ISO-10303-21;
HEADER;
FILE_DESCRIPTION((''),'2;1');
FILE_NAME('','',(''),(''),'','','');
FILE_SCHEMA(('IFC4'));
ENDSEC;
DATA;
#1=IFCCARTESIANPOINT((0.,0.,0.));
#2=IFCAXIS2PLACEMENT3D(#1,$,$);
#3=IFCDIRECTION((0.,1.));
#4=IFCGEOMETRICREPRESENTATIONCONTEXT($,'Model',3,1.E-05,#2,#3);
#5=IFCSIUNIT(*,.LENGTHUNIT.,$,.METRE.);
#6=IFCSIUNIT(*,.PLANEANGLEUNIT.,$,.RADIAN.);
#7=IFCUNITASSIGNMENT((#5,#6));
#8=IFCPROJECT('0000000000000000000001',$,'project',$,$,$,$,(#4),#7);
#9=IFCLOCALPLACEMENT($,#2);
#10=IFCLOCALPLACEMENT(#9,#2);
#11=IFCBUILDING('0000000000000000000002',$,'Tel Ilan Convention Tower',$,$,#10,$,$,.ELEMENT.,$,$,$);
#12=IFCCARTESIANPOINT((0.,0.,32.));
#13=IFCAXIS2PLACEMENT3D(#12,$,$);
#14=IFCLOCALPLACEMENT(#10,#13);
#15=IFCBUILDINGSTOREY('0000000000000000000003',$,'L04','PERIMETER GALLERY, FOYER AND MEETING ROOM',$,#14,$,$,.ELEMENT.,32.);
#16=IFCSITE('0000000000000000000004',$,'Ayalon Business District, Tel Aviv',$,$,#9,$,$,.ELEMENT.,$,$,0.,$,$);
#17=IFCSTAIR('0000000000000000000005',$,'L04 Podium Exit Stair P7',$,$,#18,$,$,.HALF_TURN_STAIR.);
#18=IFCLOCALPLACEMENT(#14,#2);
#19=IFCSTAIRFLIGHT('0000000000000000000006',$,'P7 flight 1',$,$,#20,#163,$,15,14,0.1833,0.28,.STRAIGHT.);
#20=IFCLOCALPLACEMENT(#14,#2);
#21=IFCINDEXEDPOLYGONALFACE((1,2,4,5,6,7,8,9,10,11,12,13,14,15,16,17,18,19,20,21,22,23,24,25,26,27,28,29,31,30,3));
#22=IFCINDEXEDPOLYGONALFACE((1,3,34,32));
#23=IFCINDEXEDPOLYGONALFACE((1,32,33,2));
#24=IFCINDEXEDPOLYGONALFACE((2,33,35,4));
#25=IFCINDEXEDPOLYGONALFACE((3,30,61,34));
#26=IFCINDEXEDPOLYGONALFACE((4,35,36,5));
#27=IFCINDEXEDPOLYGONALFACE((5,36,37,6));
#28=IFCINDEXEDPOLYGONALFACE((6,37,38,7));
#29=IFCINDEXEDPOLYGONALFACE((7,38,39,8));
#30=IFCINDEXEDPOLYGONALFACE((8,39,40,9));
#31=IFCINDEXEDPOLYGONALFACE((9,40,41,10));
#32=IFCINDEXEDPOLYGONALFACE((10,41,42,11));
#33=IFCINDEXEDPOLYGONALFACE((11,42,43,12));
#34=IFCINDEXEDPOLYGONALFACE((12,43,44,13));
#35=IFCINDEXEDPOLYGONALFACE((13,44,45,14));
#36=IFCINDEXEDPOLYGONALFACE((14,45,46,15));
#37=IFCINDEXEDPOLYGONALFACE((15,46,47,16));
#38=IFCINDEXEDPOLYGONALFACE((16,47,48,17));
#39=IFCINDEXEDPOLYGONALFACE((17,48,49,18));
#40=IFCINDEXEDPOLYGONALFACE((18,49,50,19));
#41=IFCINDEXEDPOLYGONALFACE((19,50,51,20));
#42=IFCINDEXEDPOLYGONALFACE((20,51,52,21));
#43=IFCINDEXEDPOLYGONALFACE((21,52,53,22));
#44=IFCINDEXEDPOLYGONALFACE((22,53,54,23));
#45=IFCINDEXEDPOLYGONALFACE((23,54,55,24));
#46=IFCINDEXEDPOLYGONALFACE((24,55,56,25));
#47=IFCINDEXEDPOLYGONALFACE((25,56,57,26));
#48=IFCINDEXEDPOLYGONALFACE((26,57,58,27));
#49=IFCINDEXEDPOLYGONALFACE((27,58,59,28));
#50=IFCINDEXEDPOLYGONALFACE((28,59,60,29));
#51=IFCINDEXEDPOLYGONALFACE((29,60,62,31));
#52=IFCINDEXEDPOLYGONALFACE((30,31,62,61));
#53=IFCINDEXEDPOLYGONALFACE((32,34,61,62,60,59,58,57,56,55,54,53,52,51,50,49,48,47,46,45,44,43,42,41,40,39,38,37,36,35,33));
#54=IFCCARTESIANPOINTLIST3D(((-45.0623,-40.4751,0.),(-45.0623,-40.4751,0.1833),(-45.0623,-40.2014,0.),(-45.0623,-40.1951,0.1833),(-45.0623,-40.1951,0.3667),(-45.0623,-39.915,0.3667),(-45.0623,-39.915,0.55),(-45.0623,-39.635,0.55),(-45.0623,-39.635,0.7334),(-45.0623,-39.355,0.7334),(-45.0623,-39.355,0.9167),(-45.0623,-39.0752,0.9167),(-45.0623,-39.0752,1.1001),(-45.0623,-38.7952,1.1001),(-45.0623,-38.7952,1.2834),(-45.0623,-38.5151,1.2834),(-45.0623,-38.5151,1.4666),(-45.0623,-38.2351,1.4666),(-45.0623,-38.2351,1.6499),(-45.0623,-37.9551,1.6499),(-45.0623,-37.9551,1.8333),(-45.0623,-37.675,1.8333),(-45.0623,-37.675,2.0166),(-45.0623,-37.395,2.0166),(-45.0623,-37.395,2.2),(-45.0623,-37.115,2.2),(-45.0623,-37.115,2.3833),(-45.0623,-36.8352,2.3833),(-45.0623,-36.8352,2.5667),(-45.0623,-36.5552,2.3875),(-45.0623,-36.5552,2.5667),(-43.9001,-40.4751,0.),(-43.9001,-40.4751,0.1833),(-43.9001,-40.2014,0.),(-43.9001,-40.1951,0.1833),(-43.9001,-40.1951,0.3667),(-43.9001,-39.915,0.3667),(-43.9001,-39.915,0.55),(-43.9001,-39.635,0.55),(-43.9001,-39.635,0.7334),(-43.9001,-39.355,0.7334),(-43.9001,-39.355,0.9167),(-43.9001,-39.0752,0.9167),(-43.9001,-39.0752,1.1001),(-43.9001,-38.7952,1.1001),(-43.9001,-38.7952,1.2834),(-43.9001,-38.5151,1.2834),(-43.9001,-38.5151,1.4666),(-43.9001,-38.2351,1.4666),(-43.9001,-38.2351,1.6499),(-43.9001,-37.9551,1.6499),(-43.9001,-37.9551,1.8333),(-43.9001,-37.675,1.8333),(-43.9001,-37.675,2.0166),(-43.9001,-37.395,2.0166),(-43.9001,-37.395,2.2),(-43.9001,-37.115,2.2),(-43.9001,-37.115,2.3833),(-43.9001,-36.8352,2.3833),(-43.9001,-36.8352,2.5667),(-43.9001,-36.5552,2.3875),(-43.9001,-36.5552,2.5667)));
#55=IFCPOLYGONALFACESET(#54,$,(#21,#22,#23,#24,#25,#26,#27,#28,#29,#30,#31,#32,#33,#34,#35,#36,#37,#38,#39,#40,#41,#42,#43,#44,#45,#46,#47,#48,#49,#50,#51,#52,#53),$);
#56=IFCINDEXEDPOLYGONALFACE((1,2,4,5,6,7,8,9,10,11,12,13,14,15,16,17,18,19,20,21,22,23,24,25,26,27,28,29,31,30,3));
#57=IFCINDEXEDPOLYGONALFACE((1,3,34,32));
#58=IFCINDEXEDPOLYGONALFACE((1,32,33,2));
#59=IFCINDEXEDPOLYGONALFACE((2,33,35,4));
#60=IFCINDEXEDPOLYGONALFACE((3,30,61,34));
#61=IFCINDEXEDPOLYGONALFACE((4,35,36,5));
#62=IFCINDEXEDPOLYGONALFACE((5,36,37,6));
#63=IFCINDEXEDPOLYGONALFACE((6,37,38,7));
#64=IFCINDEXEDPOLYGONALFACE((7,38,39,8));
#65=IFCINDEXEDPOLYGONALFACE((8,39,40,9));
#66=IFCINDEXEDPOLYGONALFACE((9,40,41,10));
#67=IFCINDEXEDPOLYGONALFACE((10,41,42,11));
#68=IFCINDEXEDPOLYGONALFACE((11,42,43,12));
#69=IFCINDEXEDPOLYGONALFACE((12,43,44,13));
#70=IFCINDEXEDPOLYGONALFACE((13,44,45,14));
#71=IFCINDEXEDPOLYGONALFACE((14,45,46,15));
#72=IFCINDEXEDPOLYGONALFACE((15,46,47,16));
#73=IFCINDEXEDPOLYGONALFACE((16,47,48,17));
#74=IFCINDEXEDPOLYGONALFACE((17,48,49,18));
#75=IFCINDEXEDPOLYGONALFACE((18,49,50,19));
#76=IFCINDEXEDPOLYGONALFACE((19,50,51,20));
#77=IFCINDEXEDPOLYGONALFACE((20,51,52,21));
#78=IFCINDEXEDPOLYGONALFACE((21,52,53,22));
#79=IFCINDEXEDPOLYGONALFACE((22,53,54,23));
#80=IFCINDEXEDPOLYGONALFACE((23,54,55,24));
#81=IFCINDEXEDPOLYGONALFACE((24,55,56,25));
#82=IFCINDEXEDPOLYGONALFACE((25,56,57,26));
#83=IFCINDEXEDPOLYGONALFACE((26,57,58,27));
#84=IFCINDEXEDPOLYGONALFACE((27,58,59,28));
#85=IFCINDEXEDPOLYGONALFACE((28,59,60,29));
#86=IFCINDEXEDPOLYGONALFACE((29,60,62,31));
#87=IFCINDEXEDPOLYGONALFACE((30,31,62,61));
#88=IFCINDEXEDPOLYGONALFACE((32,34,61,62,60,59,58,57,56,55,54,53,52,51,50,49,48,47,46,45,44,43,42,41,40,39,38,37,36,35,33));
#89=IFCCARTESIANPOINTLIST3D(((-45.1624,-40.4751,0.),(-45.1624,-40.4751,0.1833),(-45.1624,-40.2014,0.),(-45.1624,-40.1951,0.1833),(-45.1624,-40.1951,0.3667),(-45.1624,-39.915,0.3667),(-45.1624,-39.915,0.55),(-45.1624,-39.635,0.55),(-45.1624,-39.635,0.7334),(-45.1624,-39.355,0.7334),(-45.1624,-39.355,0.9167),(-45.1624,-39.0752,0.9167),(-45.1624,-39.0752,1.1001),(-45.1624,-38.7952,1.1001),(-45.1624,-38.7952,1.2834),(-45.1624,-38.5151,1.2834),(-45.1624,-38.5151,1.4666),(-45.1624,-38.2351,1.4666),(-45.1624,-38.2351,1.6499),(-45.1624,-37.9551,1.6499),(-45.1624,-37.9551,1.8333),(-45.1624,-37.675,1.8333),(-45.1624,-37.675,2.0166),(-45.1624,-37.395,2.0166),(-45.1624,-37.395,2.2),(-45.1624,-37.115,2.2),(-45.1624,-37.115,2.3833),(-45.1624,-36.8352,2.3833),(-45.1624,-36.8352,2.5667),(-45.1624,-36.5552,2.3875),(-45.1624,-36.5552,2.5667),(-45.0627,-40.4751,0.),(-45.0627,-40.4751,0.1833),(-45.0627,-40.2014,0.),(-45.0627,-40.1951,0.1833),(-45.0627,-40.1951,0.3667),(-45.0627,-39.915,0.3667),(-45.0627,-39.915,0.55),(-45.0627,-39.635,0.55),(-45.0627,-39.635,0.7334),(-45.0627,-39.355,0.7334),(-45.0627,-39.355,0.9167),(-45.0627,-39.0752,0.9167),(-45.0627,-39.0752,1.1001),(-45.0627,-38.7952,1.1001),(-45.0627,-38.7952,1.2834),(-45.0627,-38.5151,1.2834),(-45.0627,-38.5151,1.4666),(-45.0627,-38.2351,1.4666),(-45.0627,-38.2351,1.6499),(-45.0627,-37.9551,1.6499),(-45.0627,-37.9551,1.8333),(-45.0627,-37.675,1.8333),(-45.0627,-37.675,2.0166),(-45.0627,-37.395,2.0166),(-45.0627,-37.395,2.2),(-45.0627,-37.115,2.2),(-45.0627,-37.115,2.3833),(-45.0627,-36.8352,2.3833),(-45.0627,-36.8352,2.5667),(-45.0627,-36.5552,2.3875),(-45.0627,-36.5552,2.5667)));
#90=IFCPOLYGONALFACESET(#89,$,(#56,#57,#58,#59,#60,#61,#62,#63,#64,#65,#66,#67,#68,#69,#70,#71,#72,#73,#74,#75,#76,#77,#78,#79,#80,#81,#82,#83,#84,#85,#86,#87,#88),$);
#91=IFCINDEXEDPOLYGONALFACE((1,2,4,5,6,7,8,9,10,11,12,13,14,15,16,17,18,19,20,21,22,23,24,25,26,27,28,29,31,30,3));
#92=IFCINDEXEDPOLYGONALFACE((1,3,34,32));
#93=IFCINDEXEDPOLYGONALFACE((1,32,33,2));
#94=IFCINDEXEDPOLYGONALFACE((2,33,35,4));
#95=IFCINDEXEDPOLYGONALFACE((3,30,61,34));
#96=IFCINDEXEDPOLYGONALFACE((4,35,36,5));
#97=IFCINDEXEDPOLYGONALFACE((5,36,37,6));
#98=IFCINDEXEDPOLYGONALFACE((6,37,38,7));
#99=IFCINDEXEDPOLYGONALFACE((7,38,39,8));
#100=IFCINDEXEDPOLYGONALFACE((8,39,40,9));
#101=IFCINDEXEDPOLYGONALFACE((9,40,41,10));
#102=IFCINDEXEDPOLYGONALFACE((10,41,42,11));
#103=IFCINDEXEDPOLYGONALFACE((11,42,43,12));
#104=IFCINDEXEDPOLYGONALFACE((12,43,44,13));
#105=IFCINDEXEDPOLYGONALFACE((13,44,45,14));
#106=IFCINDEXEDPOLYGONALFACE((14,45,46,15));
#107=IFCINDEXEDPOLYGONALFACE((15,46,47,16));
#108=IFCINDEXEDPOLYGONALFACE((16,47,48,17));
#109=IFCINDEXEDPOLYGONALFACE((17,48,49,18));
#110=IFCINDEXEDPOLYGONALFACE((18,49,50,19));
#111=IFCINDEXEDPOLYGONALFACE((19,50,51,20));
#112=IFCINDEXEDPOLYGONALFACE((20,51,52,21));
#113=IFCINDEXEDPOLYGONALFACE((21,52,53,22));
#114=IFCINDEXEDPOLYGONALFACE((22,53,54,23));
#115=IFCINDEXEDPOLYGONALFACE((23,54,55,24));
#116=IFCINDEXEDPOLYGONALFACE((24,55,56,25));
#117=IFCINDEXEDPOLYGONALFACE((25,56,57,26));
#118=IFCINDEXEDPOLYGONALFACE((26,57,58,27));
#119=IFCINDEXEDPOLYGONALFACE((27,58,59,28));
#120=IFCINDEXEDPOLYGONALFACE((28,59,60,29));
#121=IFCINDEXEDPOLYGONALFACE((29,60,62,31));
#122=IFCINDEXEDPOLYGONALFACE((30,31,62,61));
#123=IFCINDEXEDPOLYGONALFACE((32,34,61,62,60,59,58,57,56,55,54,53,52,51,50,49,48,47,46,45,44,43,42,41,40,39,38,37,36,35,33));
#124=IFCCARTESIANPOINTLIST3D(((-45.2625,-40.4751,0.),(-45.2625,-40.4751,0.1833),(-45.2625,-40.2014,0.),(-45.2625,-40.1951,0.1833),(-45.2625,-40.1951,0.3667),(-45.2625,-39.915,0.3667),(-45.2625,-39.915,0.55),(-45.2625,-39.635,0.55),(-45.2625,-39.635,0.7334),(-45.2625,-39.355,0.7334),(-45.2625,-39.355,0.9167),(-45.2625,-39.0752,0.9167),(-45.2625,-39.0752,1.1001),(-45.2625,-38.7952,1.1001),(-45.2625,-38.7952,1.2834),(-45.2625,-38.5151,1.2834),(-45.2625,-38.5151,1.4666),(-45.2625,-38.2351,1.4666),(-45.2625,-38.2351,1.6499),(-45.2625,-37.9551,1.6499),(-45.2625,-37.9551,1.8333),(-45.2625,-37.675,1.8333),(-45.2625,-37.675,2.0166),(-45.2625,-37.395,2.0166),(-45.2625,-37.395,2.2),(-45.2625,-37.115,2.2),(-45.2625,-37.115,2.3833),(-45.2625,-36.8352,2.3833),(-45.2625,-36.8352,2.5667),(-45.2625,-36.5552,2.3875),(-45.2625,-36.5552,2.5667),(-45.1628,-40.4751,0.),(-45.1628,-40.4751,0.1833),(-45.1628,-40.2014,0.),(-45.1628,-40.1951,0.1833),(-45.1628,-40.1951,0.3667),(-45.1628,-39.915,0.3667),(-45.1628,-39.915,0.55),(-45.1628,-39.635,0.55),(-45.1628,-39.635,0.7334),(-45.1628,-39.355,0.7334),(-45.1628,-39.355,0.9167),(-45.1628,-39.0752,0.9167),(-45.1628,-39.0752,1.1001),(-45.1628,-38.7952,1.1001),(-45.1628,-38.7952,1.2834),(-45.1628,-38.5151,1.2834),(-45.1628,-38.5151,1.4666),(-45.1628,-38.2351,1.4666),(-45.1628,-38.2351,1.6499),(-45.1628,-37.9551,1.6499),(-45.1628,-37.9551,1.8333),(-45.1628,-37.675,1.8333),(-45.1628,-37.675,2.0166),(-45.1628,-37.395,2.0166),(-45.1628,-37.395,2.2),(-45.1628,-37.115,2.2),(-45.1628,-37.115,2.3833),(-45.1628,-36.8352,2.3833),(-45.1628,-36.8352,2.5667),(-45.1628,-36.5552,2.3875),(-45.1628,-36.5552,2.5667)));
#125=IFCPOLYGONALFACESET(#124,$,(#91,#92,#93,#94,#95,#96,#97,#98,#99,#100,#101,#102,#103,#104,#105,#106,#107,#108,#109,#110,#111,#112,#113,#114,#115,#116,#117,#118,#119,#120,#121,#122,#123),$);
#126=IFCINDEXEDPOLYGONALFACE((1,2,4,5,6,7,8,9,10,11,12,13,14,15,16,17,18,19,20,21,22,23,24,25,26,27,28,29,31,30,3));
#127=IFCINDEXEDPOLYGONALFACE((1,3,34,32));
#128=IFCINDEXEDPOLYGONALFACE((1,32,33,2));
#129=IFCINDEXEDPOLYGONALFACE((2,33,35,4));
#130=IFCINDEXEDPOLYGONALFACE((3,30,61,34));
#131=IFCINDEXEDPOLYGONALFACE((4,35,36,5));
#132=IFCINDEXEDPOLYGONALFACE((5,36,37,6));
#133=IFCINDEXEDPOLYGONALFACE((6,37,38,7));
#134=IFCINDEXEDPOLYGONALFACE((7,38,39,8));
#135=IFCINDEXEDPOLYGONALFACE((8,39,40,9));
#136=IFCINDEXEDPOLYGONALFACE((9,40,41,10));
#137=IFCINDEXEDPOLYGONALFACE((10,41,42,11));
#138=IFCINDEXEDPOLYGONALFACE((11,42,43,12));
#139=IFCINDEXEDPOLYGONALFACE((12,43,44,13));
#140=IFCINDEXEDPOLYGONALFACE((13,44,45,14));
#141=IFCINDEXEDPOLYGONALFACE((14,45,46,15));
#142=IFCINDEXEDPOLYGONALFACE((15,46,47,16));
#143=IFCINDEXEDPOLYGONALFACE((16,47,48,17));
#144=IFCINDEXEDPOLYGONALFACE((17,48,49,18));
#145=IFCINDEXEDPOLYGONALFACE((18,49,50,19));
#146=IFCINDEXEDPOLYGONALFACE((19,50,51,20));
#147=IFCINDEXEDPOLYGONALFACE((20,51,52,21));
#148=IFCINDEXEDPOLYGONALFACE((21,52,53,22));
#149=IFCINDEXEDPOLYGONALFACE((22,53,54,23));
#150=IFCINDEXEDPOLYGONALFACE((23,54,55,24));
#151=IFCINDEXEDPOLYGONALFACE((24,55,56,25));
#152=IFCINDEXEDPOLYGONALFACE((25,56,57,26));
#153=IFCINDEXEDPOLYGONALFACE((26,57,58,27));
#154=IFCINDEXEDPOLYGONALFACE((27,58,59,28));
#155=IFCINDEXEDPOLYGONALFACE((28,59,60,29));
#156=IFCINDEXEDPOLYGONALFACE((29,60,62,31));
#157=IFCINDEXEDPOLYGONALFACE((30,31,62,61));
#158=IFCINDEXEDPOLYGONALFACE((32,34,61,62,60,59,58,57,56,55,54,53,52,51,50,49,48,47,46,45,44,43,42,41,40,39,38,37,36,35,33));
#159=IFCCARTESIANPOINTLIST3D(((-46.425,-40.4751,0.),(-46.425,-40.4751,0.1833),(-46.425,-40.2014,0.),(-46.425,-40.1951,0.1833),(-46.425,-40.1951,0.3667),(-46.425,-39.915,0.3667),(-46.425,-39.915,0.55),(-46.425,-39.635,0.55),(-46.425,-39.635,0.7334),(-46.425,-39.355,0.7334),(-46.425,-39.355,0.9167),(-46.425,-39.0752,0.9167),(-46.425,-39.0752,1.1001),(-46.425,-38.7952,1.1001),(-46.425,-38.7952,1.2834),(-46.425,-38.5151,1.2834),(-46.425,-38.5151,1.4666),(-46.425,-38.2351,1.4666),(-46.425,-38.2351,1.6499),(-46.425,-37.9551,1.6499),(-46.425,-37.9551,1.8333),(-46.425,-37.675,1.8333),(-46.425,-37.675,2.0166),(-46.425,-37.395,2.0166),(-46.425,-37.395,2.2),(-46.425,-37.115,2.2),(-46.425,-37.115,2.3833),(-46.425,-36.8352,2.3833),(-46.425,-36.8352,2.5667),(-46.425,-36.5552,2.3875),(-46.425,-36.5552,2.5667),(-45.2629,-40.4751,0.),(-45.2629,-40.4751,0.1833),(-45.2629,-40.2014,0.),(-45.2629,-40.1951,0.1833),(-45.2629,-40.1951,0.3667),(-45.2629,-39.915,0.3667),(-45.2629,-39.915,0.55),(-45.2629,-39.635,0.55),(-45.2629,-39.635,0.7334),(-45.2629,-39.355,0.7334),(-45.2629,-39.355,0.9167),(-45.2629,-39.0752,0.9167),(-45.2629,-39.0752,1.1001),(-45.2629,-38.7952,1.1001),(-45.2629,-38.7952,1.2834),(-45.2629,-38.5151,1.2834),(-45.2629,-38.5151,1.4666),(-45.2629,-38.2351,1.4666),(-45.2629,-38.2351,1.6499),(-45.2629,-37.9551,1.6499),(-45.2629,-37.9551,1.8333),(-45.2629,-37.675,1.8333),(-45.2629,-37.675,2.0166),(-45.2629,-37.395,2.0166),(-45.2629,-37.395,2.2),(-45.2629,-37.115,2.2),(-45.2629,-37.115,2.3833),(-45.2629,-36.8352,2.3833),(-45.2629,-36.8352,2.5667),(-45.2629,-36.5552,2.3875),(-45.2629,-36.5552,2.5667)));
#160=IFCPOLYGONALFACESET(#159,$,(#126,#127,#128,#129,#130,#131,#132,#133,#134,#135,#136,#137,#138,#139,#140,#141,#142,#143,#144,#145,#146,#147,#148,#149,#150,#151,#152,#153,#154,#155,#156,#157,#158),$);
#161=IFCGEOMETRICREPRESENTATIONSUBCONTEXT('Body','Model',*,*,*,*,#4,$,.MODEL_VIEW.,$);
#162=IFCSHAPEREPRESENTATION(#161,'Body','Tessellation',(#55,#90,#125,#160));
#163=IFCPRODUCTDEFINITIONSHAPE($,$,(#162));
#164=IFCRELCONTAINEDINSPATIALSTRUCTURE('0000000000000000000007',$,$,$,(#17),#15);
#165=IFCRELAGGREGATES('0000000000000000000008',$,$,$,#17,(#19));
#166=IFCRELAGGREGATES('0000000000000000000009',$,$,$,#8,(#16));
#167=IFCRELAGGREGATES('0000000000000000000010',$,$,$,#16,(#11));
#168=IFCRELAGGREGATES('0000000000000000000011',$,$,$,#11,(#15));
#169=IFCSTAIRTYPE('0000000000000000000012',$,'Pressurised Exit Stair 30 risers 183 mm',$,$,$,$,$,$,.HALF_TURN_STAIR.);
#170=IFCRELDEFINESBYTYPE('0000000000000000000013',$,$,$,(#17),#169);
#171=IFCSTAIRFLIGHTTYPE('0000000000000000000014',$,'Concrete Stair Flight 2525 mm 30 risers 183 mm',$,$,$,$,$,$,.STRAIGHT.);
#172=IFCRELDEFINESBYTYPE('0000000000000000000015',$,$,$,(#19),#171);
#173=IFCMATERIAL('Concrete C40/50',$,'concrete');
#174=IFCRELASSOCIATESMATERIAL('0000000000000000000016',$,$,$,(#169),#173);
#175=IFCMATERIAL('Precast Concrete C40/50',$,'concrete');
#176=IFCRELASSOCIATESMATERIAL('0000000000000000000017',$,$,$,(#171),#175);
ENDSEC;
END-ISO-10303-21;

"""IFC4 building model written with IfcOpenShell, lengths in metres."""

from ifc_helpers import new_model, si_unit, direction, frame, origin, place, context, subcontext, project, spatial, polyline, outline, extrude, material, type_object, element, aggregate, save


model = new_model("IFC4")

# Units and contexts
model_context = context("Model", 3, precision=1e-05, world=origin(), true_north=direction((0.0, 1.0)))
body_context = subcontext(model_context, "Body", "Model", "MODEL_VIEW")
ifc_project = project(units=[si_unit("LENGTHUNIT", "METRE"), si_unit("PLANEANGLEUNIT", "RADIAN")], contexts=[model_context])

# Site, building, storey
site_placement = place(None, origin())
site = spatial("IfcSite", under=ifc_project, at=site_placement, Name="Ayalon Business District, Tel Aviv", CompositionType="ELEMENT", RefElevation=0.0)
building_placement = place(site_placement, origin())
building = spatial("IfcBuilding", under=site, at=building_placement, Name="Tel Ilan Convention Tower", CompositionType="ELEMENT")
storey_placement = place(building_placement, frame((0.0, 0.0, 32.0)))
storey = spatial("IfcBuildingStorey", under=building, at=storey_placement, Name="L04", Description="PERIMETER GALLERY, FOYER AND MEETING ROOM", CompositionType="ELEMENT", Elevation=32.0)

# Stair, stair flight
ifc_material_1 = material(Name="Concrete C40/50", Category="concrete")
stair_type = type_object("IfcStairType", Name="Pressurised Exit Stair 30 risers 183 mm", PredefinedType="HALF_TURN_STAIR", material=ifc_material_1)
ifc_material_2 = material(Name="Precast Concrete C40/50", Category="concrete")
stair_flight_type = type_object("IfcStairFlightType", Name="Concrete Stair Flight 2525 mm 30 risers 183 mm", PredefinedType="STRAIGHT", material=ifc_material_2)
stair_1_placement = place(storey_placement, origin())
stair_1 = element("IfcStair", 1, at=stair_1_placement, inside=storey, type_object=stair_type, Name="L04 Podium Exit Stair P7", PredefinedType="HALF_TURN_STAIR")
stair_flight_1_placement = place(storey_placement, frame((-45.1626, -40.4751, 0.0), z_axis=(0.0, 0.0, 1.0), x_axis=(0.0, 1.0, 0.0)))
stair_flight_1 = element("IfcStairFlight", 2, at=stair_flight_1_placement, type_object=stair_flight_type, Name="P7 flight 1", NumberOfRisers=15, NumberOfTreads=14, PredefinedType="STRAIGHT", RiserHeight=0.1833, TreadLength=0.28, context=body_context, shape_type="SweptSolid", body=[
    extrude(outline(polyline([(0.0, 0.0), (0.0, 0.1833), (0.28, 0.1833), (0.28, 0.3667), (0.5601, 0.3667), (0.5601, 0.55), (0.8401, 0.55), (0.8401, 0.7334), (1.1201, 0.7334), (1.1201, 0.9167), (1.3999, 0.9167), (1.3999, 1.1001), (1.6799, 1.1001), (1.6799, 1.2834), (1.96, 1.2834), (1.96, 1.4666), (2.24, 1.4666), (2.24, 1.6499), (2.52, 1.6499), (2.52, 1.8333), (2.8, 1.8333), (2.8, 2.0166), (3.0801, 2.0166), (3.0801, 2.2), (3.3601, 2.2), (3.3601, 2.3833), (3.6399, 2.3833), (3.6399, 2.5667), (3.9199, 2.5667), (3.9199, 2.75), (3.9199, 2.3875), (0.2737, 0.0), (0.0, 0.0)])), frame((0.0, -0.1003, 0.0), z_axis=(0.0, -1.0, 0.0), x_axis=(1.0, 0.0, 0.0)), (0.0, 0.0, 1.0), 1.1621),
    extrude(outline(polyline([(0.0, 0.0), (0.0, 0.1833), (0.28, 0.1833), (0.28, 0.3667), (0.5601, 0.3667), (0.5601, 0.55), (0.8401, 0.55), (0.8401, 0.7334), (1.1201, 0.7334), (1.1201, 0.9167), (1.3999, 0.9167), (1.3999, 1.1001), (1.6799, 1.1001), (1.6799, 1.2834), (1.96, 1.2834), (1.96, 1.4666), (2.24, 1.4666), (2.24, 1.6499), (2.52, 1.6499), (2.52, 1.8333), (2.8, 1.8333), (2.8, 2.0166), (3.0801, 2.0166), (3.0801, 2.2), (3.3601, 2.2), (3.3601, 2.3833), (3.6399, 2.3833), (3.6399, 2.5667), (3.9199, 2.5667), (3.9199, 2.75), (3.9199, 2.3875), (0.2737, 0.0), (0.0, 0.0)])), frame((0.0, -0.0002, 0.0), z_axis=(0.0, -1.0, 0.0), x_axis=(1.0, 0.0, 0.0)), (0.0, 0.0, 1.0), 0.0996),
    extrude(outline(polyline([(0.0, 0.0), (0.0, 0.1833), (0.28, 0.1833), (0.28, 0.3667), (0.5601, 0.3667), (0.5601, 0.55), (0.8401, 0.55), (0.8401, 0.7334), (1.1201, 0.7334), (1.1201, 0.9167), (1.3999, 0.9167), (1.3999, 1.1001), (1.6799, 1.1001), (1.6799, 1.2834), (1.96, 1.2834), (1.96, 1.4666), (2.24, 1.4666), (2.24, 1.6499), (2.52, 1.6499), (2.52, 1.8333), (2.8, 1.8333), (2.8, 2.0166), (3.0801, 2.0166), (3.0801, 2.2), (3.3601, 2.2), (3.3601, 2.3833), (3.6399, 2.3833), (3.6399, 2.5667), (3.9199, 2.5667), (3.9199, 2.75), (3.9199, 2.3875), (0.2737, 0.0), (0.0, 0.0)])), frame((0.0, 0.0999, 0.0), z_axis=(0.0, -1.0, 0.0), x_axis=(1.0, 0.0, 0.0)), (0.0, 0.0, 1.0), 0.0996),
    extrude(outline(polyline([(0.0, 0.0), (0.0, 0.1833), (0.28, 0.1833), (0.28, 0.3667), (0.5601, 0.3667), (0.5601, 0.55), (0.8401, 0.55), (0.8401, 0.7334), (1.1201, 0.7334), (1.1201, 0.9167), (1.3999, 0.9167), (1.3999, 1.1001), (1.6799, 1.1001), (1.6799, 1.2834), (1.96, 1.2834), (1.96, 1.4666), (2.24, 1.4666), (2.24, 1.6499), (2.52, 1.6499), (2.52, 1.8333), (2.8, 1.8333), (2.8, 2.0166), (3.0801, 2.0166), (3.0801, 2.2), (3.3601, 2.2), (3.3601, 2.3833), (3.6399, 2.3833), (3.6399, 2.5667), (3.9199, 2.5667), (3.9199, 2.75), (3.9199, 2.3875), (0.2737, 0.0), (0.0, 0.0)])), frame((0.0, 1.2625, 0.0), z_axis=(0.0, -1.0, 0.0), x_axis=(1.0, 0.0, 0.0)), (0.0, 0.0, 1.0), 1.1621),
])
aggregate(stair_1, [stair_flight_1])

save(model, "model.ifc")
